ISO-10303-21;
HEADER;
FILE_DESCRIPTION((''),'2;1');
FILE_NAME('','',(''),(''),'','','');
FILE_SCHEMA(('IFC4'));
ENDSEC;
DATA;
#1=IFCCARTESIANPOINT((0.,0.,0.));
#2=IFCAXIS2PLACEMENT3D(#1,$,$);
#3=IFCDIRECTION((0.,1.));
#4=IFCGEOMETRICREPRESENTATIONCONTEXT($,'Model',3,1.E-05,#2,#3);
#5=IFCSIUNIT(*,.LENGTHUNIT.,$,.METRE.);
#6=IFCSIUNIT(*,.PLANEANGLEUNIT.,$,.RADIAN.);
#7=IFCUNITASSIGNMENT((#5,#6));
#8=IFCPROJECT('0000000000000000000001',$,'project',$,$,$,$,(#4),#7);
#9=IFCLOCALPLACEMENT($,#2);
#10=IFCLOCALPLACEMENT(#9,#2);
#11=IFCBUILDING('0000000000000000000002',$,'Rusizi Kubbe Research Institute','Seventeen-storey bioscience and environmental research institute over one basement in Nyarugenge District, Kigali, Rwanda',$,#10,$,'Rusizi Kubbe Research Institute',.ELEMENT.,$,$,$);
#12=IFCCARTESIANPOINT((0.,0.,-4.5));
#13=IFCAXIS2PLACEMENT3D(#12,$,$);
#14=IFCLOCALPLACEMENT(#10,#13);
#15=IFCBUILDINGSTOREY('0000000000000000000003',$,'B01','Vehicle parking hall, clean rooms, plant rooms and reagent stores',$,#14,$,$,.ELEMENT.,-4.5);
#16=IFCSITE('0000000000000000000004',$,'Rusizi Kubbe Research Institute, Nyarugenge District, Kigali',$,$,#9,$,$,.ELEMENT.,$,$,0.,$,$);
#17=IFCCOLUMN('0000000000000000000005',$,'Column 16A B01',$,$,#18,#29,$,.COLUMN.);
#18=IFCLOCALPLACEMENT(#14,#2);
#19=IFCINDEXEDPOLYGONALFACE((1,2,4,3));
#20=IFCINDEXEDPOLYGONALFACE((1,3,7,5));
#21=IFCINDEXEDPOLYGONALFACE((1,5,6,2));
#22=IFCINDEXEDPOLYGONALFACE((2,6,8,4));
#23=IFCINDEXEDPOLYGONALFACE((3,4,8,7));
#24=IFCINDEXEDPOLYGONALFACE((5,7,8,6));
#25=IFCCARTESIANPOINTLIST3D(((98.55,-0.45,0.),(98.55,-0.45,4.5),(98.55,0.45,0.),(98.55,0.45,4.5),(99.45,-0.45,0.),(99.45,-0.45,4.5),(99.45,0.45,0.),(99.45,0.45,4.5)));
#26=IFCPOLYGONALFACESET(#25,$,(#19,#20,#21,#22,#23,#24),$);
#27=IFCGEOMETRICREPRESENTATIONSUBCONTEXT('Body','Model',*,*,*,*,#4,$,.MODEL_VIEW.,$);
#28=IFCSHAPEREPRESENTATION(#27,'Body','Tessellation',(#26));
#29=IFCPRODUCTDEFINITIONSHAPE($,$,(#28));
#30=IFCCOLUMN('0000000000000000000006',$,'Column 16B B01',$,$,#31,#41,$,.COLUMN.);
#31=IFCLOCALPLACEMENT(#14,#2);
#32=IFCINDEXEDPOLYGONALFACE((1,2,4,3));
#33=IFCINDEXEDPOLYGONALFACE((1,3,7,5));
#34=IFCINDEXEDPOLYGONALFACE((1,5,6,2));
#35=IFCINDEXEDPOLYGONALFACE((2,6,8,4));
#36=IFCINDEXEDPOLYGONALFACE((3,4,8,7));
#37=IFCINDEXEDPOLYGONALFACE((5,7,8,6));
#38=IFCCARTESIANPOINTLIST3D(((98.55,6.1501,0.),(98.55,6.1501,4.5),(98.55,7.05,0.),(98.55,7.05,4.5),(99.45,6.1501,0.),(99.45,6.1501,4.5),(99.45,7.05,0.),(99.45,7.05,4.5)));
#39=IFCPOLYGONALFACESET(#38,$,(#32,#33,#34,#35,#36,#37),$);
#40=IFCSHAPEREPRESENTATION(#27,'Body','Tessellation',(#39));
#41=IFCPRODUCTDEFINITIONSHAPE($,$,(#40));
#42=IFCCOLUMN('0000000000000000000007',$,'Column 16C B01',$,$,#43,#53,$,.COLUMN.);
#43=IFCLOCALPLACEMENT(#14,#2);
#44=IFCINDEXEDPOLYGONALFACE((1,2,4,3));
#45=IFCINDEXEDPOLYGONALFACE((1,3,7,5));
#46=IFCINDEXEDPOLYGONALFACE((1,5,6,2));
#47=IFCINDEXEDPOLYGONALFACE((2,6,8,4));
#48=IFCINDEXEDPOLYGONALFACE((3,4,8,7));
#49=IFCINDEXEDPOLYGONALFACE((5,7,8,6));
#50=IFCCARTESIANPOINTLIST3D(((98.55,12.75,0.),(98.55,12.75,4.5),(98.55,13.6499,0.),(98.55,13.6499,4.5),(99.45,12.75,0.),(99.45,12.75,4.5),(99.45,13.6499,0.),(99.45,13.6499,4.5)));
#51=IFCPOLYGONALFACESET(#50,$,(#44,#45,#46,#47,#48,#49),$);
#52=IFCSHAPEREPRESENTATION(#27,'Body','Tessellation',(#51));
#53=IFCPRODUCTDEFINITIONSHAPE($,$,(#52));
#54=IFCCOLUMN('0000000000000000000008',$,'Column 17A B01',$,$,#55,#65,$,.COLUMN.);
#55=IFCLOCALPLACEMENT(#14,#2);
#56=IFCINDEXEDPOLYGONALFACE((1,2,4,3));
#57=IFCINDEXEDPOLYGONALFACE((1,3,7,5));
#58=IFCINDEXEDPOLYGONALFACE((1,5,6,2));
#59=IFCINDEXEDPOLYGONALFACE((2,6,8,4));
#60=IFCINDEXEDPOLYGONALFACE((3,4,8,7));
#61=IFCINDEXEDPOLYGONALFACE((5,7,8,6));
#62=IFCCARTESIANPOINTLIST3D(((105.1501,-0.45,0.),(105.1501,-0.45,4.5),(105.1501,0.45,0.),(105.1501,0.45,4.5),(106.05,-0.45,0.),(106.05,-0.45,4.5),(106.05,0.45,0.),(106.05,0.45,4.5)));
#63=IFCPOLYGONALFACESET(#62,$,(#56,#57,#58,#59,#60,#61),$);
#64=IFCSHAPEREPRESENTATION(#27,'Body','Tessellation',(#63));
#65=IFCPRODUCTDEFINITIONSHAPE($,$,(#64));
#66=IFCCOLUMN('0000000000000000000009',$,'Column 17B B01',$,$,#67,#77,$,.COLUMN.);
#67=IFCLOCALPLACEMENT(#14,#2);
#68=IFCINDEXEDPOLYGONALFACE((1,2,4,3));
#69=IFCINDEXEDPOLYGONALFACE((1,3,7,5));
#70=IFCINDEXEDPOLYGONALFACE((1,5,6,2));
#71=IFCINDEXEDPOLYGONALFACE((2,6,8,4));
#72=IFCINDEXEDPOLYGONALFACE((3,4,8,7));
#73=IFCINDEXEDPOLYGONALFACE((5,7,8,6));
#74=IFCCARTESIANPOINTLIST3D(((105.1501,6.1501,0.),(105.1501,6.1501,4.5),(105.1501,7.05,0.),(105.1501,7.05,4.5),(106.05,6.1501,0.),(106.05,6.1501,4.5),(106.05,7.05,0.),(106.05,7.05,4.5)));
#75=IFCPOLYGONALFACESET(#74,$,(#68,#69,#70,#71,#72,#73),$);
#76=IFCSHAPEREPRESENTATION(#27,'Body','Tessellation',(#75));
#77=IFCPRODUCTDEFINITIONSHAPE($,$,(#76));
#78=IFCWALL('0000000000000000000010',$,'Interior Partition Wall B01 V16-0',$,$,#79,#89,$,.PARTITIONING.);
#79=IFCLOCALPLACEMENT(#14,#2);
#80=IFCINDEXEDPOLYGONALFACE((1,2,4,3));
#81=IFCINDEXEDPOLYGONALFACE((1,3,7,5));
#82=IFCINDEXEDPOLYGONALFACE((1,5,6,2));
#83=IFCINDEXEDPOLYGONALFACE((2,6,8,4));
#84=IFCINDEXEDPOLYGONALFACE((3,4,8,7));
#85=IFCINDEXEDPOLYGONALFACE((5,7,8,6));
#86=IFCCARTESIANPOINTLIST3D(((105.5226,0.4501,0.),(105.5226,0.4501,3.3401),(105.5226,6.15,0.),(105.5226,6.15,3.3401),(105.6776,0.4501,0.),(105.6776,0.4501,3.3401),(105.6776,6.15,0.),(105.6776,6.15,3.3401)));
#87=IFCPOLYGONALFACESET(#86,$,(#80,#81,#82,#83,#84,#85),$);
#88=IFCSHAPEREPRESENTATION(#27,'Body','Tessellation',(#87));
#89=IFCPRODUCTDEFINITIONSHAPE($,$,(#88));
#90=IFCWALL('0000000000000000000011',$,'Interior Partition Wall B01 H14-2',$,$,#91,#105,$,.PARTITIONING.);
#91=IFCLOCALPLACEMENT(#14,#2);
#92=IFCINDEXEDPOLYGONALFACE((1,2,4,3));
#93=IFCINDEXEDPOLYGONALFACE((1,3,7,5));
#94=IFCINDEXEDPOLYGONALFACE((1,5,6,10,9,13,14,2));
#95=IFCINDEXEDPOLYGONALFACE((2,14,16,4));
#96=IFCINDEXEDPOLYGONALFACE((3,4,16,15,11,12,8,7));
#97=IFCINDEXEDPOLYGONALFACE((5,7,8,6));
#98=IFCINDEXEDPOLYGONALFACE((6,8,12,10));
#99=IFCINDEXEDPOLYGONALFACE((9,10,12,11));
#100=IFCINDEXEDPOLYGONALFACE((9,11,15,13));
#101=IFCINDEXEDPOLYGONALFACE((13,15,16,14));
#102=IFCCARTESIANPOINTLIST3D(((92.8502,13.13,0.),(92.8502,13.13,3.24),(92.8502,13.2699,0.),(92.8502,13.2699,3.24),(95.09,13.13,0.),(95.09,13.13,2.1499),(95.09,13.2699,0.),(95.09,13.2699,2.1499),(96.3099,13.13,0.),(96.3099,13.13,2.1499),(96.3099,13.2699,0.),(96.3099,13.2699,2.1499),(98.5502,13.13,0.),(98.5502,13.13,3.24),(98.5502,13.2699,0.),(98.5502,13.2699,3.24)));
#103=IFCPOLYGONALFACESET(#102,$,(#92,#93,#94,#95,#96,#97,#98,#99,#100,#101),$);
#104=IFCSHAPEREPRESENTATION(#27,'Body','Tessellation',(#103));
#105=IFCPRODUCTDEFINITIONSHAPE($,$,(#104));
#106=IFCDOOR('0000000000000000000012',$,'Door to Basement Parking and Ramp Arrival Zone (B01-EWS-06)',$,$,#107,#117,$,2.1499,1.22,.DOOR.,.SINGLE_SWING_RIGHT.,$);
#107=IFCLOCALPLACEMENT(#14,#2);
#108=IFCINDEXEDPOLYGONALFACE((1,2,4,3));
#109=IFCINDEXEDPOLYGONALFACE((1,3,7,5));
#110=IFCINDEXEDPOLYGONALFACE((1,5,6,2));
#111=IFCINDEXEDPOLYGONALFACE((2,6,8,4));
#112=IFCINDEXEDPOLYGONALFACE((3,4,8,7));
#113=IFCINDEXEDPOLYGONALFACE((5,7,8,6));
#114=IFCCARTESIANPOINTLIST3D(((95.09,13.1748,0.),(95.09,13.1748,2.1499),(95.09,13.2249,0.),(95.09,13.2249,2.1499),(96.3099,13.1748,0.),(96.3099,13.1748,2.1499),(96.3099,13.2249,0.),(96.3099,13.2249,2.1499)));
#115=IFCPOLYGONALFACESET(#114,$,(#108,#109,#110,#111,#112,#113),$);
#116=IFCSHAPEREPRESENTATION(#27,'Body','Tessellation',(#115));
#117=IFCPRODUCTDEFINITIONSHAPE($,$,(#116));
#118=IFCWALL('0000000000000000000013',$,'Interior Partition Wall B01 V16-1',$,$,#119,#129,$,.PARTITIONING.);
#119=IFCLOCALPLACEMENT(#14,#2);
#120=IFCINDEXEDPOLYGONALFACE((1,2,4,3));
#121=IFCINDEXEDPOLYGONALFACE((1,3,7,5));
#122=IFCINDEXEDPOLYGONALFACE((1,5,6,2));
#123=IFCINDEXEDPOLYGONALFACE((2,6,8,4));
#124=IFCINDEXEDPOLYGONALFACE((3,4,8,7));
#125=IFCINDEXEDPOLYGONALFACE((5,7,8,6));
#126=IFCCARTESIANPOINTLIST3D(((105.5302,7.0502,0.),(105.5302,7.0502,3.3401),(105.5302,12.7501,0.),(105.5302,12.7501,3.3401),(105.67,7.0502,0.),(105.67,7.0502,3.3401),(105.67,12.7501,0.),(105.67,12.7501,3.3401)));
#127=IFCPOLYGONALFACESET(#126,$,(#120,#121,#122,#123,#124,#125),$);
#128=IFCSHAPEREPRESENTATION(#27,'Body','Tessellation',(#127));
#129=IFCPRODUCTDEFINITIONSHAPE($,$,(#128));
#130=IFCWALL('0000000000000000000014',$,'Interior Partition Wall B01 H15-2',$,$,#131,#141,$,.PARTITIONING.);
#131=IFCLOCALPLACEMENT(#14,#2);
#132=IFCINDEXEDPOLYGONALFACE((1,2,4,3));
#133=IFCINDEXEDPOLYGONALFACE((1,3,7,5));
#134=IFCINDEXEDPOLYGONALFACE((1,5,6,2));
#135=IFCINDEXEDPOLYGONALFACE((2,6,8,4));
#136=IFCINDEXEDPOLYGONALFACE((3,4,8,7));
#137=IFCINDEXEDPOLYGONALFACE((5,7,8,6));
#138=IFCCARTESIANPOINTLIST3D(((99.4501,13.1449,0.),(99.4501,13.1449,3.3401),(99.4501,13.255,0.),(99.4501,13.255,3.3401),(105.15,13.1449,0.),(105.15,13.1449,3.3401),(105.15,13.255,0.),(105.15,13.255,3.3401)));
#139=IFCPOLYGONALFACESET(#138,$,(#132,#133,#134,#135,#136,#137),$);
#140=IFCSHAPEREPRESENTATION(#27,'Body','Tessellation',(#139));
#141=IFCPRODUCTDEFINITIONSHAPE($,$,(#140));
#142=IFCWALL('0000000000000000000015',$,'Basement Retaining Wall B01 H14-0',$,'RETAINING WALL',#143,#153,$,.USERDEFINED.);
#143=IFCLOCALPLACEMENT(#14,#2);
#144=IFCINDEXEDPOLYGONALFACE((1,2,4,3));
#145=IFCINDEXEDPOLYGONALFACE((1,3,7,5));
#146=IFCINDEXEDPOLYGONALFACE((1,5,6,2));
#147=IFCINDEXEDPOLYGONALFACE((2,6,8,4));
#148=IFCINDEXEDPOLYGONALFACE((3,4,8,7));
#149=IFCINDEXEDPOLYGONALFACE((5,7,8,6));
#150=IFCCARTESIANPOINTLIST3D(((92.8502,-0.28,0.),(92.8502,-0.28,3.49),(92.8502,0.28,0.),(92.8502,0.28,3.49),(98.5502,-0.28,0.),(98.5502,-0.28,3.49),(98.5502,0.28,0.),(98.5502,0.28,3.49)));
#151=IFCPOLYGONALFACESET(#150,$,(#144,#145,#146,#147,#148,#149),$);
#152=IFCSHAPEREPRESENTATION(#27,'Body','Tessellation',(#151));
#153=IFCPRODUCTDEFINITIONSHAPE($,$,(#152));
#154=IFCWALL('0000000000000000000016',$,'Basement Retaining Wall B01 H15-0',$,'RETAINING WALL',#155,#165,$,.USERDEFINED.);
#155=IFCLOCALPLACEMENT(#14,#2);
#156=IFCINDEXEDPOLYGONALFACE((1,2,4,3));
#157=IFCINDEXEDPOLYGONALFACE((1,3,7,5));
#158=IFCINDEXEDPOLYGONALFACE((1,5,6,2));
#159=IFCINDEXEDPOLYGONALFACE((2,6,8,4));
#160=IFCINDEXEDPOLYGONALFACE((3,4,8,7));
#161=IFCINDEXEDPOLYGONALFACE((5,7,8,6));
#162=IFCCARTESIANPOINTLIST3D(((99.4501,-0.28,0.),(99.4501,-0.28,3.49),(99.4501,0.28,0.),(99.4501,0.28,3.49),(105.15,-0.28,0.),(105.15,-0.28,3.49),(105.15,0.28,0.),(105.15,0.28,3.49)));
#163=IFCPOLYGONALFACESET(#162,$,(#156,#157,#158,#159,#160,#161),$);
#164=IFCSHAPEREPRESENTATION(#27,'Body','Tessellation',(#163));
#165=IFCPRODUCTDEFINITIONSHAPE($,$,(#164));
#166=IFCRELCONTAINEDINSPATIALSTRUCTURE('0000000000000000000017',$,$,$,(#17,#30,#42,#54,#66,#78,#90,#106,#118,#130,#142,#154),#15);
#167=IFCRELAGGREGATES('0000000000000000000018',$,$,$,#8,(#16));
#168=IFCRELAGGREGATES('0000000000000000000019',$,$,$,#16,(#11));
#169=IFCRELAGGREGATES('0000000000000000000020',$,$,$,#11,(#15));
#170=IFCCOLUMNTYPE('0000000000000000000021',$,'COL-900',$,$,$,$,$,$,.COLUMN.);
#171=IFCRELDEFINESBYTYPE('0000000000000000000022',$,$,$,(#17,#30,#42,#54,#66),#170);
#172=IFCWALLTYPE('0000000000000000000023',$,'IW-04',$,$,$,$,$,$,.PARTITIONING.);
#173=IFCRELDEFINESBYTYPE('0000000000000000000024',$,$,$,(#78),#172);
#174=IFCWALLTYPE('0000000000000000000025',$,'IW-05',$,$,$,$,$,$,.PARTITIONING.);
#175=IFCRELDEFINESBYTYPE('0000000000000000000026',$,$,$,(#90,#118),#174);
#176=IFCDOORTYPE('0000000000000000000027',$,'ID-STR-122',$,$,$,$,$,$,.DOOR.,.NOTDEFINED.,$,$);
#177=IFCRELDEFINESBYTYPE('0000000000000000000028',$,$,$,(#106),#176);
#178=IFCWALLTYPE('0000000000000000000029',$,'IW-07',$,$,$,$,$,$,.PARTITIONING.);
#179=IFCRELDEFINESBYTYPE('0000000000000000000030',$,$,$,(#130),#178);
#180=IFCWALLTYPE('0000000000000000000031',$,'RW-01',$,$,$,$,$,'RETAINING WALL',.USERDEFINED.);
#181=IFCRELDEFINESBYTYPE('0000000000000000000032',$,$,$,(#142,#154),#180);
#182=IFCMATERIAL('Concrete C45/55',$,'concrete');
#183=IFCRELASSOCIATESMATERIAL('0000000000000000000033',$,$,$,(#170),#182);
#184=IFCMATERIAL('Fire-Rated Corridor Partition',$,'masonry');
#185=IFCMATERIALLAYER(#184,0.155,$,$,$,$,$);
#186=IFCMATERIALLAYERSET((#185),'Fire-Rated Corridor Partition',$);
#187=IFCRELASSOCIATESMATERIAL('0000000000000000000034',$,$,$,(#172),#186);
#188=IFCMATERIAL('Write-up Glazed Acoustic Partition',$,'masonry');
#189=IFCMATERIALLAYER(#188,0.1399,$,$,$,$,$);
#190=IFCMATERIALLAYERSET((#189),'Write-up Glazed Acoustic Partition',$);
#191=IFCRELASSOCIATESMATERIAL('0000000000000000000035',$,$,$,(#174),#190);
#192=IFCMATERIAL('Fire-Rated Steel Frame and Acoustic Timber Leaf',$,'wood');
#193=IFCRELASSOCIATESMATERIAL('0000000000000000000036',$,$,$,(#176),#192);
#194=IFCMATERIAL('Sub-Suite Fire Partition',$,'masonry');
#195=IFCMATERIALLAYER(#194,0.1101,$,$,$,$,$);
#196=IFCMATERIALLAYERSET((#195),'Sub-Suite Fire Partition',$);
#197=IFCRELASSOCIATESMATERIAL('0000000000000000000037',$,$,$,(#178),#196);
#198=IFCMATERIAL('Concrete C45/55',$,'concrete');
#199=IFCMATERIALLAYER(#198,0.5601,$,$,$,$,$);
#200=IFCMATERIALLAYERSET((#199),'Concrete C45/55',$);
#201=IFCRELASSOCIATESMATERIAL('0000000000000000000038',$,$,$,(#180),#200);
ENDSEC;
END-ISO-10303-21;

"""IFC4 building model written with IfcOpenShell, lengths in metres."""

from ifc_helpers import new_model, si_unit, direction, frame, frame_2d, origin, origin_2d, place, context, subcontext, project, spatial, rectangle, extrude, material, layer, layer_set, material_profile, profile_set, type_object, element, fill, save


model = new_model("IFC4")

# Units and contexts
model_context = context("Model", 3, precision=1e-05, world=origin(), true_north=direction((0.0, 1.0)))
body_context = subcontext(model_context, "Body", "Model", "MODEL_VIEW")
ifc_project = project(units=[si_unit("LENGTHUNIT", "METRE"), si_unit("PLANEANGLEUNIT", "RADIAN")], contexts=[model_context])

# Site, building, storey
site_placement = place(None, origin())
site = spatial("IfcSite", under=ifc_project, at=site_placement, Name="Rusizi Kubbe Research Institute, Nyarugenge District, Kigali", CompositionType="ELEMENT", RefElevation=0.0)
building_placement = place(site_placement, origin())
building = spatial("IfcBuilding", under=site, at=building_placement, Name="Rusizi Kubbe Research Institute", Description="Seventeen-storey bioscience and environmental research institute over one basement in Nyarugenge District, Kigali, Rwanda", LongName="Rusizi Kubbe Research Institute", CompositionType="ELEMENT")
storey_placement = place(building_placement, frame((0.0, 0.0, -4.5)))
storey = spatial("IfcBuildingStorey", under=building, at=storey_placement, Name="B01", Description="Vehicle parking hall, clean rooms, plant rooms and reagent stores", CompositionType="ELEMENT", Elevation=-4.5)

# Columns
ifc_material_1 = material(Name="Concrete C45/55", Category="concrete")
ifc_material_profile_1 = material_profile(ifc_material_1, rectangle(XDim=0.8999, YDim=0.8999, at=origin_2d()), Name="RC900x900")
ifc_profile_set_1 = profile_set([ifc_material_profile_1], Name="Concrete C45/55")
column_type = type_object("IfcColumnType", Name="COL-900", PredefinedType="COLUMN", material=ifc_profile_set_1)
for number, where, z_axis, x_axis, name in (
    (1, (99.0, 0.0, 0.0), (0.0, 0.0, 1.0), (1.0, 0.0, 0.0), "Column 16A B01"),
    (2, (99.0, 6.6001, 0.0), (0.0, 0.0, 1.0), (1.0, 0.0, 0.0), "Column 16B B01"),
    (3, (99.0, 13.2, 0.0), (0.0, 0.0, 1.0), (1.0, 0.0, 0.0), "Column 16C B01"),
    (4, (105.6001, 0.0, 0.0), (0.0, 0.0, 1.0), (1.0, 0.0, 0.0), "Column 17A B01"),
    (5, (105.6001, 6.6001, 0.0), (0.0, 0.0, 1.0), (1.0, 0.0, 0.0), "Column 17B B01"),
):
    element("IfcColumn", number, at=place(storey_placement, frame(where, z_axis=z_axis, x_axis=x_axis)), inside=storey, type_object=column_type, Name=name, PredefinedType="COLUMN", context=body_context, shape_type="SweptSolid", body=[
        extrude(rectangle(XDim=0.8999, YDim=0.8999, at=origin_2d()), origin(), (0.0, 0.0, 1.0), 4.5),
    ])

# Wall
ifc_material_2 = material(Name="Fire-Rated Corridor Partition", Category="masonry")
ifc_layer_1 = layer(ifc_material_2, 0.155)
ifc_layer_set_1 = layer_set([ifc_layer_1], Name="Fire-Rated Corridor Partition")
wall_type_1 = type_object("IfcWallType", Name="IW-04", PredefinedType="PARTITIONING", material=ifc_layer_set_1)
wall_1_placement = place(storey_placement, frame((105.6001, 0.45, 0.0), z_axis=(0.0, 0.0, 1.0), x_axis=(0.0, 1.0, 0.0)))
element("IfcWall", 6, at=wall_1_placement, inside=storey, type_object=wall_type_1, Name="Interior Partition Wall B01 V16-0", PredefinedType="PARTITIONING", context=body_context, shape_type="SweptSolid", body=[
    extrude(rectangle(XDim=5.7, YDim=0.155, at=frame_2d((2.8501, 0.0))), origin(), (0.0, 0.0, 1.0), 3.3401),
])

# Wall, opening, door
ifc_material_3 = material(Name="Write-up Glazed Acoustic Partition", Category="masonry")
ifc_layer_2 = layer(ifc_material_3, 0.1399)
ifc_layer_set_2 = layer_set([ifc_layer_2], Name="Write-up Glazed Acoustic Partition")
wall_type_2 = type_object("IfcWallType", Name="IW-05", PredefinedType="PARTITIONING", material=ifc_layer_set_2)
wall_2_placement = place(storey_placement, frame((92.8501, 13.2, 0.0), z_axis=(0.0, 0.0, 1.0), x_axis=(1.0, 0.0, 0.0)))
wall_2 = element("IfcWall", 7, at=wall_2_placement, inside=storey, type_object=wall_type_2, Name="Interior Partition Wall B01 H14-2", PredefinedType="PARTITIONING", context=body_context, shape_type="SweptSolid", body=[
    extrude(rectangle(XDim=5.7, YDim=0.1399, at=frame_2d((2.8501, 0.0))), origin(), (0.0, 0.0, 1.0), 3.24),
])
opening_placement = place(wall_2_placement, frame((2.24, 0.0, 0.0)))
opening = element("IfcOpeningElement", 8, at=opening_placement, cuts=wall_2, PredefinedType="OPENING", context=body_context, shape_type="SweptSolid", body=[
    extrude(rectangle(XDim=1.22, YDim=2.1499, at=frame_2d((0.6099, 1.075))), frame((0.0, 0.0798, 0.0), z_axis=(0.0, -1.0, 0.0), x_axis=(1.0, 0.0, 0.0)), (0.0, 0.0, 1.0), 0.1599),
])
ifc_material_4 = material(Name="Fire-Rated Steel Frame and Acoustic Timber Leaf", Category="wood")
door_type = type_object("IfcDoorType", Name="ID-STR-122", OperationType="NOTDEFINED", PredefinedType="DOOR", material=ifc_material_4)
door_placement = place(opening_placement, origin())
door = element("IfcDoor", 9, at=door_placement, inside=storey, type_object=door_type, Name="Door to Basement Parking and Ramp Arrival Zone (B01-EWS-06)", OperationType="SINGLE_SWING_RIGHT", OverallHeight=2.1499, OverallWidth=1.22, PredefinedType="DOOR", context=body_context, shape_type="SweptSolid", body=[
    extrude(rectangle(XDim=1.22, YDim=2.1499, at=frame_2d((0.6099, 1.075))), frame((0.0, 0.0249, 0.0), z_axis=(0.0, -1.0, 0.0), x_axis=(1.0, 0.0, 0.0)), (0.0, 0.0, 1.0), 0.05),
])
fill(opening, door)

# Walls
wall_3_placement = place(storey_placement, frame((105.6001, 7.05, 0.0), z_axis=(0.0, 0.0, 1.0), x_axis=(0.0, 1.0, 0.0)))
element("IfcWall", 10, at=wall_3_placement, inside=storey, type_object=wall_type_2, Name="Interior Partition Wall B01 V16-1", PredefinedType="PARTITIONING", context=body_context, shape_type="SweptSolid", body=[
    extrude(rectangle(XDim=5.7, YDim=0.1399, at=frame_2d((2.8501, 0.0))), origin(), (0.0, 0.0, 1.0), 3.3401),
])
ifc_material_5 = material(Name="Sub-Suite Fire Partition", Category="masonry")
ifc_layer_3 = layer(ifc_material_5, 0.1101)
ifc_layer_set_3 = layer_set([ifc_layer_3], Name="Sub-Suite Fire Partition")
wall_type_3 = type_object("IfcWallType", Name="IW-07", PredefinedType="PARTITIONING", material=ifc_layer_set_3)
wall_4_placement = place(storey_placement, frame((99.45, 13.2, 0.0), z_axis=(0.0, 0.0, 1.0), x_axis=(1.0, 0.0, 0.0)))
element("IfcWall", 11, at=wall_4_placement, inside=storey, type_object=wall_type_3, Name="Interior Partition Wall B01 H15-2", PredefinedType="PARTITIONING", context=body_context, shape_type="SweptSolid", body=[
    extrude(rectangle(XDim=5.7, YDim=0.1101, at=frame_2d((2.8501, 0.0))), origin(), (0.0, 0.0, 1.0), 3.3401),
])
ifc_material_6 = material(Name="Concrete C45/55", Category="concrete")
ifc_layer_4 = layer(ifc_material_6, 0.5601)
ifc_layer_set_4 = layer_set([ifc_layer_4], Name="Concrete C45/55")
wall_type_4 = type_object("IfcWallType", Name="RW-01", ElementType="RETAINING WALL", PredefinedType="USERDEFINED", material=ifc_layer_set_4)
for number, where, z_axis, x_axis, name in (
    (12, (92.8501, 0.0, 0.0), (0.0, 0.0, 1.0), (1.0, 0.0, 0.0), "Basement Retaining Wall B01 H14-0"),
    (13, (99.45, 0.0, 0.0), (0.0, 0.0, 1.0), (1.0, 0.0, 0.0), "Basement Retaining Wall B01 H15-0"),
):
    element("IfcWall", number, at=place(storey_placement, frame(where, z_axis=z_axis, x_axis=x_axis)), inside=storey, type_object=wall_type_4, Name=name, ObjectType="RETAINING WALL", PredefinedType="USERDEFINED", context=body_context, shape_type="SweptSolid", body=[
        extrude(rectangle(XDim=5.7, YDim=0.5601, at=frame_2d((2.8501, 0.0))), origin(), (0.0, 0.0, 1.0), 3.49),
    ])

save(model, "model.ifc")
